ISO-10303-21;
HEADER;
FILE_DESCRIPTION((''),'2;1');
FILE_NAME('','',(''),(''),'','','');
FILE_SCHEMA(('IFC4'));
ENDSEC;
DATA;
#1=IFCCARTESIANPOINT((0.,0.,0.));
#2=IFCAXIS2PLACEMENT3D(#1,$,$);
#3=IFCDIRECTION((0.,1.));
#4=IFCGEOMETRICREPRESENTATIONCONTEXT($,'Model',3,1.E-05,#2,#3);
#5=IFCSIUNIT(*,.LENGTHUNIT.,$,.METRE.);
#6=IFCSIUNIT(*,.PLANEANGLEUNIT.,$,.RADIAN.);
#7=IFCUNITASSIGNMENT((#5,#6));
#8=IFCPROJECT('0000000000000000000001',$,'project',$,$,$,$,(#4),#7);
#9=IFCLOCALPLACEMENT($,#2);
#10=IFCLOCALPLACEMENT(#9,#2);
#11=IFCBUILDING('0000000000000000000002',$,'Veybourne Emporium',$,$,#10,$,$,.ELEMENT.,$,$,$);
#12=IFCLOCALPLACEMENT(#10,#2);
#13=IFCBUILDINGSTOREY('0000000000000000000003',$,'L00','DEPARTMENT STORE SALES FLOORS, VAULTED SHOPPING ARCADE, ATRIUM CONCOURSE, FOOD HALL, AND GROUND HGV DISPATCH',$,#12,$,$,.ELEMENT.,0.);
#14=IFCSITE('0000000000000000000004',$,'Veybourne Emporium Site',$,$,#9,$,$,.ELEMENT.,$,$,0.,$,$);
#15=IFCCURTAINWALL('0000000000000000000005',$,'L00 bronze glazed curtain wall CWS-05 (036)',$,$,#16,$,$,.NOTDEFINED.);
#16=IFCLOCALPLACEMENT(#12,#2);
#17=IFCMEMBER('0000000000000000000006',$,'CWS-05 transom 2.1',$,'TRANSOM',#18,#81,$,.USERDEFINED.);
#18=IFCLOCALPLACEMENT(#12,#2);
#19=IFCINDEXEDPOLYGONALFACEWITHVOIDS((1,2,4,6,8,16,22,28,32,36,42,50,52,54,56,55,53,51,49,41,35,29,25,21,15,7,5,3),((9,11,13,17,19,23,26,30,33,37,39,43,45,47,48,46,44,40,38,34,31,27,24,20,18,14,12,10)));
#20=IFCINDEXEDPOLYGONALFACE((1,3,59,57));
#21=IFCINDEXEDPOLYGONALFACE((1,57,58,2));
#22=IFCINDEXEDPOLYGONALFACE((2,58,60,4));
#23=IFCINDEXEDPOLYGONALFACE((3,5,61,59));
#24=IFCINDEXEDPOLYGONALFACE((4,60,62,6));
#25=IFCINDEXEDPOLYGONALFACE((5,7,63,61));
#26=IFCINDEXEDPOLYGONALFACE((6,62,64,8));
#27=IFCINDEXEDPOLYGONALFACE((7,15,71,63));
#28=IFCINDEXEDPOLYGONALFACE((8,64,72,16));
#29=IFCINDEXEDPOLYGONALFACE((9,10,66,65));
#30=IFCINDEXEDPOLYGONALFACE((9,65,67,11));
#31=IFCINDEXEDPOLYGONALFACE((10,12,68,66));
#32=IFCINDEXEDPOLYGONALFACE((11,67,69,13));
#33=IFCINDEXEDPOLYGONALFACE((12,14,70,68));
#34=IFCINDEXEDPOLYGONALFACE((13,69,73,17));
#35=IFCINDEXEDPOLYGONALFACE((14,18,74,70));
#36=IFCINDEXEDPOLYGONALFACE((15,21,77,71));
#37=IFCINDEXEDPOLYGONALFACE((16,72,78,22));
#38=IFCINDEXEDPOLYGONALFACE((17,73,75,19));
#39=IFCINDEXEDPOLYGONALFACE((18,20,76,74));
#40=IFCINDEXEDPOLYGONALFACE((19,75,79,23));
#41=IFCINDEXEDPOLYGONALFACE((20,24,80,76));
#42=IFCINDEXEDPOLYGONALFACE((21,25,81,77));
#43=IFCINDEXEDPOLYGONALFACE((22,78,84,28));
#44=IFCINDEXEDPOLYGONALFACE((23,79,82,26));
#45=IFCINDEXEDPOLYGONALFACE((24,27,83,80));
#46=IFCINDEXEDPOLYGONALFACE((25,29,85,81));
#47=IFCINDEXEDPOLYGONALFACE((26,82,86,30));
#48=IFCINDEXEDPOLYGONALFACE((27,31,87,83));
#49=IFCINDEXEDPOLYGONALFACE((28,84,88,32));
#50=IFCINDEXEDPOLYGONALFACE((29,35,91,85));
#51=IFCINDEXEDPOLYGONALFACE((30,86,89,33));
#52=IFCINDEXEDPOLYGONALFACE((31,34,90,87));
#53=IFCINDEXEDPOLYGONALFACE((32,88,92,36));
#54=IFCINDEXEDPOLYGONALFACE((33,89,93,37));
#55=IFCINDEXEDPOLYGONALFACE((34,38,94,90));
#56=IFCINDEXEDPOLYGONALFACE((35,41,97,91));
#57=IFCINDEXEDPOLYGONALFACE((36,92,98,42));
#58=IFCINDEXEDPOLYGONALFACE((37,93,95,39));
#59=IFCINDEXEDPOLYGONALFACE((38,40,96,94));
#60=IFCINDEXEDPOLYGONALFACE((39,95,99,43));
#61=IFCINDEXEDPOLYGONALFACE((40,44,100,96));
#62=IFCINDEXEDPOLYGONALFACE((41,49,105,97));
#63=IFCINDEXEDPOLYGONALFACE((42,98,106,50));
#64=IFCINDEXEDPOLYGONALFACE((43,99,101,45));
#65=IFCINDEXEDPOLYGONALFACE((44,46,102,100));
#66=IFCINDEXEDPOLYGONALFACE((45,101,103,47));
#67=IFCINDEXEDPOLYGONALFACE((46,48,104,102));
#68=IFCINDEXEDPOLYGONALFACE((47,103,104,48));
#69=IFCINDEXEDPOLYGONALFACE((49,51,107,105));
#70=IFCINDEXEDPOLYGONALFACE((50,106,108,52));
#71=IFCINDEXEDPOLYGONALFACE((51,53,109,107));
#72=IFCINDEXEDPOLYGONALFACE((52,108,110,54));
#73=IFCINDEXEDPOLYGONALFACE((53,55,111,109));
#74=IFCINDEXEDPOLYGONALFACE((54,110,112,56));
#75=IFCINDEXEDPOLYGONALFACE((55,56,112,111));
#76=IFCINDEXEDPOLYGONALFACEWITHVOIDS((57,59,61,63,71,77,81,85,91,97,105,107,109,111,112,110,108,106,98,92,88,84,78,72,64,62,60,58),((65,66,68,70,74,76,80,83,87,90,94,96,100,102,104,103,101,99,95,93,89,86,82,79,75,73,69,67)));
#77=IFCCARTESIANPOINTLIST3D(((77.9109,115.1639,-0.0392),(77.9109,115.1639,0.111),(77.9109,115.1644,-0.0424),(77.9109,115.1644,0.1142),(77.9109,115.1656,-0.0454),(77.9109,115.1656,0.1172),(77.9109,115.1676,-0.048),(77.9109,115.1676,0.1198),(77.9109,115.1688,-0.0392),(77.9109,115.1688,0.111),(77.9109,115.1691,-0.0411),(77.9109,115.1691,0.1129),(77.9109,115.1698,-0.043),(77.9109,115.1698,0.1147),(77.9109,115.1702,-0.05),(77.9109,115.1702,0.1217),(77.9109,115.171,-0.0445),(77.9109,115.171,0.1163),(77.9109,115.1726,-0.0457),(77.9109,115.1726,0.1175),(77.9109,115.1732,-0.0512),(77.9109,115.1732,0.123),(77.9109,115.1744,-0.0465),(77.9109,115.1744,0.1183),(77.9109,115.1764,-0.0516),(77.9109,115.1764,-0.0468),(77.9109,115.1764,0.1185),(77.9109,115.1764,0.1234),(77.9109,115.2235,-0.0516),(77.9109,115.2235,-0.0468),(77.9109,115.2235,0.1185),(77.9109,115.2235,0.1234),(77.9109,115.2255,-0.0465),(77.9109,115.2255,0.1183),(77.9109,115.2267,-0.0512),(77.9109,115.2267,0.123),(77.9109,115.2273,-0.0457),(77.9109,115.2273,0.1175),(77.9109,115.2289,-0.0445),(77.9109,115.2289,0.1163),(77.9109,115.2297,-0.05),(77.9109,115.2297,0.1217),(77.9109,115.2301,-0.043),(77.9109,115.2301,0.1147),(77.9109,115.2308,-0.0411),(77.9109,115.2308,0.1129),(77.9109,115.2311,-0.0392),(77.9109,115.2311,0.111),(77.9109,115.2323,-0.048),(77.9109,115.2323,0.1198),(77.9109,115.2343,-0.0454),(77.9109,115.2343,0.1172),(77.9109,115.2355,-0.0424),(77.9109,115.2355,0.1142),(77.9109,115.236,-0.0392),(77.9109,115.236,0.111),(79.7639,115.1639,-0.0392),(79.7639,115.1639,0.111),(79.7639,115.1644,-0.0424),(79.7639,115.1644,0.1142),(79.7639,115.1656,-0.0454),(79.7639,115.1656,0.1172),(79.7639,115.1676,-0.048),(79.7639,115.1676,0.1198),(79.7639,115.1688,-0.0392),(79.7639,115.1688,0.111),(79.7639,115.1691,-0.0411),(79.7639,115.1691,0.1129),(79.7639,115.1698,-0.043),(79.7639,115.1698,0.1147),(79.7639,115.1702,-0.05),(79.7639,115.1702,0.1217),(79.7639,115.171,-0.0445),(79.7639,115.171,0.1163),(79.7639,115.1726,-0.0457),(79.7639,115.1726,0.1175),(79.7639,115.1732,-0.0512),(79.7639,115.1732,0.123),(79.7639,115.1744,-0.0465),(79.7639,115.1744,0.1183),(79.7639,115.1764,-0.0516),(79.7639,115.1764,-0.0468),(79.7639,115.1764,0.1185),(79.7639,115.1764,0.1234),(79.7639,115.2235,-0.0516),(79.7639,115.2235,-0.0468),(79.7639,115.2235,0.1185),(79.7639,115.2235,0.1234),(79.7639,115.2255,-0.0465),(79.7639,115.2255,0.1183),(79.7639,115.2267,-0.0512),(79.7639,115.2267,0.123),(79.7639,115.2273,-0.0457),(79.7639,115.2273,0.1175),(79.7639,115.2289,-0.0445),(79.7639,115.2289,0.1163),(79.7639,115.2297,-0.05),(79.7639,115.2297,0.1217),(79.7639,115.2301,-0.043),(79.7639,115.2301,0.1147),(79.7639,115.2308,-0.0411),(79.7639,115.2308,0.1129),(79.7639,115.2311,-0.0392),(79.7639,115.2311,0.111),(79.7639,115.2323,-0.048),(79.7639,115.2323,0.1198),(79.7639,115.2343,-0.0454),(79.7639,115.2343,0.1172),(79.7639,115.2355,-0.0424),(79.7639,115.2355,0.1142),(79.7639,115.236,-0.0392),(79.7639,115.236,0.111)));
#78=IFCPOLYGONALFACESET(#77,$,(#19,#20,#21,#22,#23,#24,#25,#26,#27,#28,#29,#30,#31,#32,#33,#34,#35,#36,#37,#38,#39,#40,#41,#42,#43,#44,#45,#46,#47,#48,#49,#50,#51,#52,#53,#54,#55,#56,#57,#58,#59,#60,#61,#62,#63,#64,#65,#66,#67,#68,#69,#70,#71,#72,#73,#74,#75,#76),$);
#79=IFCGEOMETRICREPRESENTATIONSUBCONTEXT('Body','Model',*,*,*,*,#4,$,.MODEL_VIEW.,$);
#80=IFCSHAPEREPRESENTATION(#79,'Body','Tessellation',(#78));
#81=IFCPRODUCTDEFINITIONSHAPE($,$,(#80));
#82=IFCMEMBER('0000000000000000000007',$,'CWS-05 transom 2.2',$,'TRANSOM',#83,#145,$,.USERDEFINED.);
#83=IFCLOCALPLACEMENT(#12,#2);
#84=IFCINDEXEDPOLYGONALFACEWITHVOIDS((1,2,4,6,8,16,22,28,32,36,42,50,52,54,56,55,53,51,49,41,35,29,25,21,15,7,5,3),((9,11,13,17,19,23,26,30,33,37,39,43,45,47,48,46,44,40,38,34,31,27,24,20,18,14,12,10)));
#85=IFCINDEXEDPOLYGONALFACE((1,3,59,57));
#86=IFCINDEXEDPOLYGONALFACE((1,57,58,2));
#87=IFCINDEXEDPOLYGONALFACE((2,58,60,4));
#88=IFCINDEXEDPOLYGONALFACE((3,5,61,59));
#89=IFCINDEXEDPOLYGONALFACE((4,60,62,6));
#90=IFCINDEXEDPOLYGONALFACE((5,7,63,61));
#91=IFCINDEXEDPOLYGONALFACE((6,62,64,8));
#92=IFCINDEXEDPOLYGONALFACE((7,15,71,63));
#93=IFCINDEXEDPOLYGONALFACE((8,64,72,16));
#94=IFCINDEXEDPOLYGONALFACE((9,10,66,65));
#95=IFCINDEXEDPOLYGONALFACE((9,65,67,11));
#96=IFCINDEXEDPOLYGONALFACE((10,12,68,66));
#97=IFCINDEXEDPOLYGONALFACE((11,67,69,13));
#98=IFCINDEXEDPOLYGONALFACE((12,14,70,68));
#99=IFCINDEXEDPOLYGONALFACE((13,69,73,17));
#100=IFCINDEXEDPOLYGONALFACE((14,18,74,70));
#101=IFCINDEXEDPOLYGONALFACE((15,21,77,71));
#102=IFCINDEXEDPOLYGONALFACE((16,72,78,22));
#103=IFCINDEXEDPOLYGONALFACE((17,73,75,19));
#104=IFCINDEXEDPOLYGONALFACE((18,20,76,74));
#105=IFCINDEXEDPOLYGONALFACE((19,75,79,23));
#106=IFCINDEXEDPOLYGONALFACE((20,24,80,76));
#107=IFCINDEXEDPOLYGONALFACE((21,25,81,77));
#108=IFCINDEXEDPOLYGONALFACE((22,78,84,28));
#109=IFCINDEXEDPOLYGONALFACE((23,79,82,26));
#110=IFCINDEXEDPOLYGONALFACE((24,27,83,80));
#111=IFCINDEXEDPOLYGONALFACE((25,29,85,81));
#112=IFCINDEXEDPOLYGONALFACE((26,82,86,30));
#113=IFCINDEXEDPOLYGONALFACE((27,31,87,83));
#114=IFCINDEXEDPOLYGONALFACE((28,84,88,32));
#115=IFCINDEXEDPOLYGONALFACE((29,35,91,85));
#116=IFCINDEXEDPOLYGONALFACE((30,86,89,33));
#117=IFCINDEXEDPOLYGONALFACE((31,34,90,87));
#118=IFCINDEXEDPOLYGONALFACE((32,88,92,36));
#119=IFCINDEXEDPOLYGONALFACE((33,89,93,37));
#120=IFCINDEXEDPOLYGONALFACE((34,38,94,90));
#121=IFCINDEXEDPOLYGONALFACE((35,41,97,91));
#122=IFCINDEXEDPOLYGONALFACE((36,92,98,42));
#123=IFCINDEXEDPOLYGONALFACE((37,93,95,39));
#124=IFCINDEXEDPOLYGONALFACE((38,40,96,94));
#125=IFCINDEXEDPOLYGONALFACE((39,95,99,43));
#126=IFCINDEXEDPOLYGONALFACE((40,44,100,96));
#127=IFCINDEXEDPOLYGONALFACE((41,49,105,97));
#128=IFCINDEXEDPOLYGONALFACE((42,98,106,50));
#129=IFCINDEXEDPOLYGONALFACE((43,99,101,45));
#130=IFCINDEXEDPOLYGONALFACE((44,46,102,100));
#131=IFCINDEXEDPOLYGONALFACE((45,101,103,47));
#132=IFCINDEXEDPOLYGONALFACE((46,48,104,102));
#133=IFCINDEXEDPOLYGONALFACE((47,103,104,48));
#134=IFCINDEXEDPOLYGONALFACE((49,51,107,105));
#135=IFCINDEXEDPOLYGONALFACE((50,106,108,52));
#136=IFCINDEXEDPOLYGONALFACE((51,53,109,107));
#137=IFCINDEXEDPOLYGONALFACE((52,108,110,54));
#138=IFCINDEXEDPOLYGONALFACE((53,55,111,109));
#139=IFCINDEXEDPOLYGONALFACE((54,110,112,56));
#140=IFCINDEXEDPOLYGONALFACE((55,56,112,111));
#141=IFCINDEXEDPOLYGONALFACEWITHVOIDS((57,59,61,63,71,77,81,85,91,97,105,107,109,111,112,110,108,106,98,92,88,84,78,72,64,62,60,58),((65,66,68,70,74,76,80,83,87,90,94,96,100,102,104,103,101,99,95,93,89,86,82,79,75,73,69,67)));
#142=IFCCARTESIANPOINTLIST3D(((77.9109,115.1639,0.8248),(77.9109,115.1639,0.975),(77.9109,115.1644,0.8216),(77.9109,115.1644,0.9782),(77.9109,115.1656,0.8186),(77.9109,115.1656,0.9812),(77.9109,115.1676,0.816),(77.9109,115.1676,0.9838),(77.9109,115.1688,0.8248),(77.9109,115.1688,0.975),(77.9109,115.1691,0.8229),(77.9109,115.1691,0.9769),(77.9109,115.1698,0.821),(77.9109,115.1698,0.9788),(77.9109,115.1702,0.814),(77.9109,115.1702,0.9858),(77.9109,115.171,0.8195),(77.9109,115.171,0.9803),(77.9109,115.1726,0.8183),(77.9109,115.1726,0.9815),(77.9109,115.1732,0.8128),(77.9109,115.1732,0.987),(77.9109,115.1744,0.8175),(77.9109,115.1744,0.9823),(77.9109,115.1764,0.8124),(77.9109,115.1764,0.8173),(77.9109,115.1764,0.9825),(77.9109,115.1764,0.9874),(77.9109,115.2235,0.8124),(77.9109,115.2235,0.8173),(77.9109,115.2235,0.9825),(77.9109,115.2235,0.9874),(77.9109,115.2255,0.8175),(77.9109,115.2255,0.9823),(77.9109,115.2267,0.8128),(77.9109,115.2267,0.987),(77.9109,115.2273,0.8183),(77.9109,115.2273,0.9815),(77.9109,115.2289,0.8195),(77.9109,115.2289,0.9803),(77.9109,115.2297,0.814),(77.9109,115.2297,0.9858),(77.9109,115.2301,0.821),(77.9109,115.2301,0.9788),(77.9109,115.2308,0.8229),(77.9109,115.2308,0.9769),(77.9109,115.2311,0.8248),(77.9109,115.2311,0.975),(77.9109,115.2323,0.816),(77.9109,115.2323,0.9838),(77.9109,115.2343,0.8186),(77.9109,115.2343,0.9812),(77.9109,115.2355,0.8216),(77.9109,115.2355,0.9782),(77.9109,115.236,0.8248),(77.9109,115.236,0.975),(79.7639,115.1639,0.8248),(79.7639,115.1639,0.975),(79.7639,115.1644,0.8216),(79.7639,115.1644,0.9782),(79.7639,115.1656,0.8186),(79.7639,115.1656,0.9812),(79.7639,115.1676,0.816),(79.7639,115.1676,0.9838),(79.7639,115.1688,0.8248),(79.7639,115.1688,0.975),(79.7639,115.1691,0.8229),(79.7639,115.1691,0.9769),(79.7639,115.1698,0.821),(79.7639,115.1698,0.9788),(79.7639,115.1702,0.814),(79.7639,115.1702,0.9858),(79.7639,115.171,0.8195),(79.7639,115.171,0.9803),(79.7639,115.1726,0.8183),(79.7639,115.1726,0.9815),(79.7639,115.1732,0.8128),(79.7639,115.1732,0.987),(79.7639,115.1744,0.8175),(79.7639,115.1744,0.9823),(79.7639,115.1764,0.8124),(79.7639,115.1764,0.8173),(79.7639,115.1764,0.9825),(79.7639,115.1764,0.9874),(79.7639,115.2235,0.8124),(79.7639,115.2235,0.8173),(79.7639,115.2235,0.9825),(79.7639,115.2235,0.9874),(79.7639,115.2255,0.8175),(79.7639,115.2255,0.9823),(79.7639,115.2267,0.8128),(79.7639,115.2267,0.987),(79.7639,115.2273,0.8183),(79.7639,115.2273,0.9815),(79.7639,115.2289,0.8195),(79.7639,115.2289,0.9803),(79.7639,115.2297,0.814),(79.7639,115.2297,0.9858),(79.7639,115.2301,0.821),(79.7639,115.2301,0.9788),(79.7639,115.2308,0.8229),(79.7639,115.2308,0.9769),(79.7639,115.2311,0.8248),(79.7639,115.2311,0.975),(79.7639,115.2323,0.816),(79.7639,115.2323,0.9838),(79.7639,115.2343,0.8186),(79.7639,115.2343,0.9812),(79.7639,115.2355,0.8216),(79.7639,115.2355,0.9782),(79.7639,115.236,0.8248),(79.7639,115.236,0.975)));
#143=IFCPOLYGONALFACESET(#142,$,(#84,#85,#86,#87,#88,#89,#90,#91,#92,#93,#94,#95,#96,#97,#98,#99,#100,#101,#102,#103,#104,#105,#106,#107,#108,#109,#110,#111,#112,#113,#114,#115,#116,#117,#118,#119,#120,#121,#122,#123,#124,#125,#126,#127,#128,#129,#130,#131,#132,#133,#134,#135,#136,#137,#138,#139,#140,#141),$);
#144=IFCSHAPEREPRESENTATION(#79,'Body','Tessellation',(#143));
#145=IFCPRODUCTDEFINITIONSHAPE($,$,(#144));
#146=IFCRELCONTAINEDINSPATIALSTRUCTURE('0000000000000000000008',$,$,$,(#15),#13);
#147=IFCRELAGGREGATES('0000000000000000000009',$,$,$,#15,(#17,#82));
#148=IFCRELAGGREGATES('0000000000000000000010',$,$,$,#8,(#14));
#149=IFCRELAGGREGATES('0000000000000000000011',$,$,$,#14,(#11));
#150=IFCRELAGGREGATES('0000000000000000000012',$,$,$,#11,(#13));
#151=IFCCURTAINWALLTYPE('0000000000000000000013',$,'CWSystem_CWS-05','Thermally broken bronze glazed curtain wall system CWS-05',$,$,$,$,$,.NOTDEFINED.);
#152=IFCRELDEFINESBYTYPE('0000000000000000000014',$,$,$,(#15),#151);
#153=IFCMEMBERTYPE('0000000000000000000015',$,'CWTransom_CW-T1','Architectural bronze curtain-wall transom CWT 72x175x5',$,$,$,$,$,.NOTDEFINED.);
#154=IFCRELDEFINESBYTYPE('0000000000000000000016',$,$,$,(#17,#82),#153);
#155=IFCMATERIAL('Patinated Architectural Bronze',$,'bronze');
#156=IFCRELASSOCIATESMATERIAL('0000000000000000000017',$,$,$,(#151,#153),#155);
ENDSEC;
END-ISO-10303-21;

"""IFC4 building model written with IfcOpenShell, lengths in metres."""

from ifc_helpers import new_model, si_unit, direction, frame, origin, origin_2d, place, context, subcontext, project, spatial, hollow_rectangle, extrude, material, material_profile, profile_set, type_object, element, aggregate, save


model = new_model("IFC4")

# Units and contexts
model_context = context("Model", 3, precision=1e-05, world=origin(), true_north=direction((0.0, 1.0)))
body_context = subcontext(model_context, "Body", "Model", "MODEL_VIEW")
ifc_project = project(units=[si_unit("LENGTHUNIT", "METRE"), si_unit("PLANEANGLEUNIT", "RADIAN")], contexts=[model_context])

# Site, building, storey
site_placement = place(None, origin())
site = spatial("IfcSite", under=ifc_project, at=site_placement, Name="Veybourne Emporium Site", CompositionType="ELEMENT", RefElevation=0.0)
building_placement = place(site_placement, origin())
building = spatial("IfcBuilding", under=site, at=building_placement, Name="Veybourne Emporium", CompositionType="ELEMENT")
storey_placement = place(building_placement, origin())
storey = spatial("IfcBuildingStorey", under=building, at=storey_placement, Name="L00", Description="DEPARTMENT STORE SALES FLOORS, VAULTED SHOPPING ARCADE, ATRIUM CONCOURSE, FOOD HALL, AND GROUND HGV DISPATCH", CompositionType="ELEMENT", Elevation=0.0)

# Curtain wall, members
ifc_material_1 = material(Name="Patinated Architectural Bronze", Category="bronze")
curtain_wall_type = type_object("IfcCurtainWallType", Name="CWSystem_CWS-05", Description="Thermally broken bronze glazed curtain wall system CWS-05", PredefinedType="NOTDEFINED", material=ifc_material_1)
curtain_wall_placement = place(storey_placement, origin())
curtain_wall = element("IfcCurtainWall", 1, at=curtain_wall_placement, inside=storey, type_object=curtain_wall_type, Name="L00 bronze glazed curtain wall CWS-05 (036)", PredefinedType="NOTDEFINED")
ifc_material_profile_1 = material_profile(ifc_material_1, hollow_rectangle(XDim=0.072, YDim=0.175, WallThickness=0.0049, InnerFilletRadius=0.0076, OuterFilletRadius=0.0125, at=origin_2d()), Name="CWT 72x175x5")
ifc_profile_set_1 = profile_set([ifc_material_profile_1], Name="Patinated Architectural Bronze")
member_type_1 = type_object("IfcMemberType", Name="CWTransom_CW-T1", Description="Architectural bronze curtain-wall transom CWT 72x175x5", PredefinedType="NOTDEFINED", material=ifc_profile_set_1)
member_1_placement = place(storey_placement, frame((77.9109, 115.2, 0.0359), z_axis=(1.0, 0.0, 0.0), x_axis=(0.0, 1.0, 0.0)))
member_1 = element("IfcMember", 2, at=member_1_placement, type_object=member_type_1, Name="CWS-05 transom 2.1", ObjectType="TRANSOM", PredefinedType="USERDEFINED", context=body_context, shape_type="SweptSolid", body=[
    extrude(hollow_rectangle(XDim=0.072, YDim=0.175, WallThickness=0.0049, InnerFilletRadius=0.0076, OuterFilletRadius=0.0125, at=origin_2d()), origin(), (0.0, 0.0, 1.0), 1.853),
])
member_2_placement = place(storey_placement, frame((77.9109, 115.2, 0.8999), z_axis=(1.0, 0.0, 0.0), x_axis=(0.0, 1.0, 0.0)))
member_2 = element("IfcMember", 3, at=member_2_placement, type_object=member_type_1, Name="CWS-05 transom 2.2", ObjectType="TRANSOM", PredefinedType="USERDEFINED", context=body_context, shape_type="SweptSolid", body=[
    extrude(hollow_rectangle(XDim=0.072, YDim=0.175, WallThickness=0.0049, InnerFilletRadius=0.0076, OuterFilletRadius=0.0125, at=origin_2d()), origin(), (0.0, 0.0, 1.0), 1.853),
])

aggregate(curtain_wall, [member_1, member_2])

save(model, "model.ifc")
